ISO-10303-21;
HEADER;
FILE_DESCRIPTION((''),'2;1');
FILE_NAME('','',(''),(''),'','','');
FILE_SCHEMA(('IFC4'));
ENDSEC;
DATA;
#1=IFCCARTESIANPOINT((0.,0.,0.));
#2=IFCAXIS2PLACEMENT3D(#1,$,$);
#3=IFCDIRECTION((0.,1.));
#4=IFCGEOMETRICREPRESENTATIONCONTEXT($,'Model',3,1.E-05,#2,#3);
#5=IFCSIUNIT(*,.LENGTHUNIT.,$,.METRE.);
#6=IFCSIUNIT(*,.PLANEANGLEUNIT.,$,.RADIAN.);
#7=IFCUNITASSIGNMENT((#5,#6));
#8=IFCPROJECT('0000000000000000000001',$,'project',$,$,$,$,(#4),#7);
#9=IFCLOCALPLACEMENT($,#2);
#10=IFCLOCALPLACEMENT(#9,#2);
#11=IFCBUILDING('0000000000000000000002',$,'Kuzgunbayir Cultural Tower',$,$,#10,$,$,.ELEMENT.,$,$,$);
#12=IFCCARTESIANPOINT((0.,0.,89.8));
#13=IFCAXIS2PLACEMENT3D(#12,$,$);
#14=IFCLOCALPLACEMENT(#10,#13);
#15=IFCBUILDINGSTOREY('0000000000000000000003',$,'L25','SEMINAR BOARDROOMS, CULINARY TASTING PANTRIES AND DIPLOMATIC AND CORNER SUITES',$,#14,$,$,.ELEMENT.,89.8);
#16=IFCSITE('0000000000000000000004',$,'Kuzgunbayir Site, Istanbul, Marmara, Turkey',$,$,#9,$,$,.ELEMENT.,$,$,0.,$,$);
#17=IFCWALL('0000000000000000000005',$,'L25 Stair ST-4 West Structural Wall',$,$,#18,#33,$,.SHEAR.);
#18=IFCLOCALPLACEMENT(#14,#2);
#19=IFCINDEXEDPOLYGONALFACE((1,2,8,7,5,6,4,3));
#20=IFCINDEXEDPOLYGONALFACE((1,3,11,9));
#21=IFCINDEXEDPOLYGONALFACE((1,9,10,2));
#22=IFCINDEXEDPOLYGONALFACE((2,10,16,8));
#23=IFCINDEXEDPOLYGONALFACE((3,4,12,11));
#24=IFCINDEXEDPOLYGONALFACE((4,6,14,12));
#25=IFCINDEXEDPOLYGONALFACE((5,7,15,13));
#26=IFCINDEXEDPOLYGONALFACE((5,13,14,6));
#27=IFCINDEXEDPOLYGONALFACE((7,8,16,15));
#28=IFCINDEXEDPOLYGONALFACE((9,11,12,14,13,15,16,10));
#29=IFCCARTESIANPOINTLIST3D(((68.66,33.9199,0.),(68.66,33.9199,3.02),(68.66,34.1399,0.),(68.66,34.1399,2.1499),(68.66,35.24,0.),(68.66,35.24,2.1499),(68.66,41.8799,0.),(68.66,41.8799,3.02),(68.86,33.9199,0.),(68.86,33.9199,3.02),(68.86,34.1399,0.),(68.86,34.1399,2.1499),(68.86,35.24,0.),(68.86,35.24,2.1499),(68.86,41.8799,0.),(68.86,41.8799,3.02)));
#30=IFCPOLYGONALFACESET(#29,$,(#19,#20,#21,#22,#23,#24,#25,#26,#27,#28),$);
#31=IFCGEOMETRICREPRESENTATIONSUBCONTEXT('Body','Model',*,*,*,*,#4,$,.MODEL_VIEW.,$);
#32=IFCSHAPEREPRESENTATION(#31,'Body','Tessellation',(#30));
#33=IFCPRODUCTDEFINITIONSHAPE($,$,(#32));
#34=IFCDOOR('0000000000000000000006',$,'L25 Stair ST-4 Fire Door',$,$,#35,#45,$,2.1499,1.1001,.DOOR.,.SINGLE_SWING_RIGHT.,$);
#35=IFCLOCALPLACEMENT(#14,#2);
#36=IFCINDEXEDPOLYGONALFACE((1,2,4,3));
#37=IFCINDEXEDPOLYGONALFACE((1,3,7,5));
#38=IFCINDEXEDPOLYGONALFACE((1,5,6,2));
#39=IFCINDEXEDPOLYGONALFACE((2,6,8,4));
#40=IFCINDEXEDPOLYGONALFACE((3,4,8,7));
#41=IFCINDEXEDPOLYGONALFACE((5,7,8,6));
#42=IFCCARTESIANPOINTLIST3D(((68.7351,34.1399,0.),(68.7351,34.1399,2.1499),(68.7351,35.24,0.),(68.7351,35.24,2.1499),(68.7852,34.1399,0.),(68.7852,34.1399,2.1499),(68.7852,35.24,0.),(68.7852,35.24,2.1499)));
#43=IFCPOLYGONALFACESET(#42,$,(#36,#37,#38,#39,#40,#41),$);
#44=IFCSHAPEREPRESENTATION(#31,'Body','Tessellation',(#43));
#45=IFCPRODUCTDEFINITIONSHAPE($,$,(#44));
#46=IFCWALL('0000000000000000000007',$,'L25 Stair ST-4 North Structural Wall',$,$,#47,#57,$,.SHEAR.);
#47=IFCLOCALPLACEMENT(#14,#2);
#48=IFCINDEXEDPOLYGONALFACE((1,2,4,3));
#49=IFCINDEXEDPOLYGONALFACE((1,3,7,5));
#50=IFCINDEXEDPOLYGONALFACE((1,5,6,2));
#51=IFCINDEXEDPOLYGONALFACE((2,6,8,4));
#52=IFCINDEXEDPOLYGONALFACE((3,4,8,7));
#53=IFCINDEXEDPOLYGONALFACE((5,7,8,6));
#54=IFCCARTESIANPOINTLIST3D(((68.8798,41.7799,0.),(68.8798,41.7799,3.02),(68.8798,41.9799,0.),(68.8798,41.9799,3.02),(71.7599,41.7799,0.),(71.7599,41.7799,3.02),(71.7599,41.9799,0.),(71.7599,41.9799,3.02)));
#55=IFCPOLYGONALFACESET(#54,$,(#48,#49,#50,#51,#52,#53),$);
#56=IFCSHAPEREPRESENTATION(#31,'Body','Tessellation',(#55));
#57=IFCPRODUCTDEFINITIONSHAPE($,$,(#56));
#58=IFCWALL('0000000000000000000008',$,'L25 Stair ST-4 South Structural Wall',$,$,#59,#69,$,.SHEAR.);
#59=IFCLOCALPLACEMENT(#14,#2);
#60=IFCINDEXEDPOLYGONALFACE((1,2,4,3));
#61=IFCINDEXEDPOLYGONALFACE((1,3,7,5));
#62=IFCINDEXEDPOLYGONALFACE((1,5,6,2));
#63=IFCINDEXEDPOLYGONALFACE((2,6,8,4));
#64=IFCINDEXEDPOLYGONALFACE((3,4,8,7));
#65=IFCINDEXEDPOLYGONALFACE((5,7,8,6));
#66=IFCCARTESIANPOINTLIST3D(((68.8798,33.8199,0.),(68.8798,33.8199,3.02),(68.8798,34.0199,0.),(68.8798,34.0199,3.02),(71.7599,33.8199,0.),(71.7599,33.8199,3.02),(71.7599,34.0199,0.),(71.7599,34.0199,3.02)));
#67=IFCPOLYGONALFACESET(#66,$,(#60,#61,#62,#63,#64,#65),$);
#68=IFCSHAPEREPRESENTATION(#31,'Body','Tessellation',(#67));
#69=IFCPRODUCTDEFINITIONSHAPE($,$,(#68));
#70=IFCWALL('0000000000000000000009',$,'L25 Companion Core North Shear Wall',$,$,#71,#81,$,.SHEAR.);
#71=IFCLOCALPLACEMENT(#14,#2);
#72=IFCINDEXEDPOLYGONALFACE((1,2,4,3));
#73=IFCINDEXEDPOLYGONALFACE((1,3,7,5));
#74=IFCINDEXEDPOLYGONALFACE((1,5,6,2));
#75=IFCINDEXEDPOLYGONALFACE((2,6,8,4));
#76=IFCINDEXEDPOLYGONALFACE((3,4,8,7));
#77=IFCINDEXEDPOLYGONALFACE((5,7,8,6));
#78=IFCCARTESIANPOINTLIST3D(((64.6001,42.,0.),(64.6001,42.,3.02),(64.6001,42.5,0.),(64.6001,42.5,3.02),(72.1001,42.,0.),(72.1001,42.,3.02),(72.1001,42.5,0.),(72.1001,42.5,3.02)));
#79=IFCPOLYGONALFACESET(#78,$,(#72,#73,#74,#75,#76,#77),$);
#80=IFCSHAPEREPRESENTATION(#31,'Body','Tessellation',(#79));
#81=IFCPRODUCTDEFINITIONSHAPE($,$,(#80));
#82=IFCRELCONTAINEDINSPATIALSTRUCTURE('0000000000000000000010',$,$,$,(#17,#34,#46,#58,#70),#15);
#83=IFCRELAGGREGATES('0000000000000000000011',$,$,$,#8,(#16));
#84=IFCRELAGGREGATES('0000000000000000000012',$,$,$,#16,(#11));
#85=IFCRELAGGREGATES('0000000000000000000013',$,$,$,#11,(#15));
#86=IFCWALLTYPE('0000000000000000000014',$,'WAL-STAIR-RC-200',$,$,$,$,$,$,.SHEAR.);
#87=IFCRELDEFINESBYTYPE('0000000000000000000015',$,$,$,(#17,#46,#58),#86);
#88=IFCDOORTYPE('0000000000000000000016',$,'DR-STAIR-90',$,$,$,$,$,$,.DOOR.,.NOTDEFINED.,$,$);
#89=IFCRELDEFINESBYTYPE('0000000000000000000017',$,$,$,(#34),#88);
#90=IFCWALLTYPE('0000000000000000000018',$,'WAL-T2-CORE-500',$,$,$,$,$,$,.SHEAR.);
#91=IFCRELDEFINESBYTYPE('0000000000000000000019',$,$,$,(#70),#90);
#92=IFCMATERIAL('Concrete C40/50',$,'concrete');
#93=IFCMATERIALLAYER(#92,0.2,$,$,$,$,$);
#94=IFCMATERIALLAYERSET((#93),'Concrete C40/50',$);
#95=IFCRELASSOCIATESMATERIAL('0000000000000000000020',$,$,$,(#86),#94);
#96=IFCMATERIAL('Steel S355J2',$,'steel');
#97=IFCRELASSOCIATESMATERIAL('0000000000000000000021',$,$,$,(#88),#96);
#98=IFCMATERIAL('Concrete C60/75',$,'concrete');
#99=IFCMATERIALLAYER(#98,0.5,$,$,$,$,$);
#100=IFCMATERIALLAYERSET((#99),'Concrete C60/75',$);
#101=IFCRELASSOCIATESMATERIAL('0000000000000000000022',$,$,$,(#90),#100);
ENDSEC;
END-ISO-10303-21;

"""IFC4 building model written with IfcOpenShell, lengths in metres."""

from ifc_helpers import new_model, si_unit, direction, frame, frame_2d, origin, place, context, subcontext, project, spatial, rectangle, extrude, material, layer, layer_set, type_object, element, fill, save


model = new_model("IFC4")

# Units and contexts
model_context = context("Model", 3, precision=1e-05, world=origin(), true_north=direction((0.0, 1.0)))
body_context = subcontext(model_context, "Body", "Model", "MODEL_VIEW")
ifc_project = project(units=[si_unit("LENGTHUNIT", "METRE"), si_unit("PLANEANGLEUNIT", "RADIAN")], contexts=[model_context])

# Site, building, storey
site_placement = place(None, origin())
site = spatial("IfcSite", under=ifc_project, at=site_placement, Name="Kuzgunbayir Site, Istanbul, Marmara, Turkey", CompositionType="ELEMENT", RefElevation=0.0)
building_placement = place(site_placement, origin())
building = spatial("IfcBuilding", under=site, at=building_placement, Name="Kuzgunbayir Cultural Tower", CompositionType="ELEMENT")
storey_placement = place(building_placement, frame((0.0, 0.0, 89.8)))
storey = spatial("IfcBuildingStorey", under=building, at=storey_placement, Name="L25", Description="SEMINAR BOARDROOMS, CULINARY TASTING PANTRIES AND DIPLOMATIC AND CORNER SUITES", CompositionType="ELEMENT", Elevation=89.8)

# Shared definitions
ifc_material_1 = material(Name="Concrete C60/75", Category="concrete")

# Shared definitions
ifc_material_2 = material(Name="Steel S355J2", Category="steel")

# Shared definitions
ifc_material_3 = material(Name="Concrete C40/50", Category="concrete")

# Wall, opening, door
ifc_layer_1 = layer(ifc_material_3, 0.2)
ifc_layer_set_1 = layer_set([ifc_layer_1], Name="Concrete C40/50")
wall_type_1 = type_object("IfcWallType", Name="WAL-STAIR-RC-200", PredefinedType="SHEAR", material=ifc_layer_set_1)
wall_1_placement = place(storey_placement, frame((68.76, 33.9199, 0.0), z_axis=(0.0, 0.0, 1.0), x_axis=(0.0, 1.0, 0.0)))
wall_1 = element("IfcWall", 1, at=wall_1_placement, inside=storey, type_object=wall_type_1, Name="L25 Stair ST-4 West Structural Wall", PredefinedType="SHEAR", context=body_context, shape_type="SweptSolid", body=[
    extrude(rectangle(XDim=7.96, YDim=0.2, at=frame_2d((3.98, 0.0))), origin(), (0.0, 0.0, 1.0), 3.02),
])
opening_1_placement = place(wall_1_placement, frame((0.22, 0.0, 0.0)))
opening_1 = element("IfcOpeningElement", 2, at=opening_1_placement, cuts=wall_1, PredefinedType="OPENING", context=body_context, shape_type="SweptSolid", body=[
    extrude(rectangle(XDim=1.1001, YDim=2.1499, at=frame_2d((0.55, 1.075))), frame((0.0, 0.1099, 0.0), z_axis=(0.0, -1.0, 0.0), x_axis=(1.0, 0.0, 0.0)), (0.0, 0.0, 1.0), 0.22),
])
door_type_1 = type_object("IfcDoorType", Name="DR-STAIR-90", OperationType="NOTDEFINED", PredefinedType="DOOR", material=ifc_material_2)
door_1_placement = place(opening_1_placement, origin())
door_1 = element("IfcDoor", 3, at=door_1_placement, inside=storey, type_object=door_type_1, Name="L25 Stair ST-4 Fire Door", OperationType="SINGLE_SWING_RIGHT", OverallHeight=2.1499, OverallWidth=1.1001, PredefinedType="DOOR", context=body_context, shape_type="SweptSolid", body=[
    extrude(rectangle(XDim=1.1001, YDim=2.1499, at=frame_2d((0.55, 1.075))), frame((0.0, 0.0249, 0.0), z_axis=(0.0, -1.0, 0.0), x_axis=(1.0, 0.0, 0.0)), (0.0, 0.0, 1.0), 0.05),
])
fill(opening_1, door_1)

# Walls
for number, where, z_axis, x_axis, name in (
    (4, (68.8799, 41.8799, 0.0), (0.0, 0.0, 1.0), (1.0, 0.0, 0.0), "L25 Stair ST-4 North Structural Wall"),
    (5, (68.8799, 33.9199, 0.0), (0.0, 0.0, 1.0), (1.0, 0.0, 0.0), "L25 Stair ST-4 South Structural Wall"),
):
    element("IfcWall", number, at=place(storey_placement, frame(where, z_axis=z_axis, x_axis=x_axis)), inside=storey, type_object=wall_type_1, Name=name, PredefinedType="SHEAR", context=body_context, shape_type="SweptSolid", body=[
        extrude(rectangle(XDim=2.8801, YDim=0.2, at=frame_2d((1.4399, 0.0))), origin(), (0.0, 0.0, 1.0), 3.02),
    ])
ifc_layer_2 = layer(ifc_material_1, 0.5)
ifc_layer_set_2 = layer_set([ifc_layer_2], Name="Concrete C60/75")
wall_type_2 = type_object("IfcWallType", Name="WAL-T2-CORE-500", PredefinedType="SHEAR", material=ifc_layer_set_2)
wall_2_placement = place(storey_placement, frame((64.6001, 42.25, 0.0), z_axis=(0.0, 0.0, 1.0), x_axis=(1.0, 0.0, 0.0)))
element("IfcWall", 6, at=wall_2_placement, inside=storey, type_object=wall_type_2, Name="L25 Companion Core North Shear Wall", PredefinedType="SHEAR", context=body_context, shape_type="SweptSolid", body=[
    extrude(rectangle(XDim=7.5, YDim=0.5, at=frame_2d((3.75, 0.0))), origin(), (0.0, 0.0, 1.0), 3.02),
])

save(model, "model.ifc")
